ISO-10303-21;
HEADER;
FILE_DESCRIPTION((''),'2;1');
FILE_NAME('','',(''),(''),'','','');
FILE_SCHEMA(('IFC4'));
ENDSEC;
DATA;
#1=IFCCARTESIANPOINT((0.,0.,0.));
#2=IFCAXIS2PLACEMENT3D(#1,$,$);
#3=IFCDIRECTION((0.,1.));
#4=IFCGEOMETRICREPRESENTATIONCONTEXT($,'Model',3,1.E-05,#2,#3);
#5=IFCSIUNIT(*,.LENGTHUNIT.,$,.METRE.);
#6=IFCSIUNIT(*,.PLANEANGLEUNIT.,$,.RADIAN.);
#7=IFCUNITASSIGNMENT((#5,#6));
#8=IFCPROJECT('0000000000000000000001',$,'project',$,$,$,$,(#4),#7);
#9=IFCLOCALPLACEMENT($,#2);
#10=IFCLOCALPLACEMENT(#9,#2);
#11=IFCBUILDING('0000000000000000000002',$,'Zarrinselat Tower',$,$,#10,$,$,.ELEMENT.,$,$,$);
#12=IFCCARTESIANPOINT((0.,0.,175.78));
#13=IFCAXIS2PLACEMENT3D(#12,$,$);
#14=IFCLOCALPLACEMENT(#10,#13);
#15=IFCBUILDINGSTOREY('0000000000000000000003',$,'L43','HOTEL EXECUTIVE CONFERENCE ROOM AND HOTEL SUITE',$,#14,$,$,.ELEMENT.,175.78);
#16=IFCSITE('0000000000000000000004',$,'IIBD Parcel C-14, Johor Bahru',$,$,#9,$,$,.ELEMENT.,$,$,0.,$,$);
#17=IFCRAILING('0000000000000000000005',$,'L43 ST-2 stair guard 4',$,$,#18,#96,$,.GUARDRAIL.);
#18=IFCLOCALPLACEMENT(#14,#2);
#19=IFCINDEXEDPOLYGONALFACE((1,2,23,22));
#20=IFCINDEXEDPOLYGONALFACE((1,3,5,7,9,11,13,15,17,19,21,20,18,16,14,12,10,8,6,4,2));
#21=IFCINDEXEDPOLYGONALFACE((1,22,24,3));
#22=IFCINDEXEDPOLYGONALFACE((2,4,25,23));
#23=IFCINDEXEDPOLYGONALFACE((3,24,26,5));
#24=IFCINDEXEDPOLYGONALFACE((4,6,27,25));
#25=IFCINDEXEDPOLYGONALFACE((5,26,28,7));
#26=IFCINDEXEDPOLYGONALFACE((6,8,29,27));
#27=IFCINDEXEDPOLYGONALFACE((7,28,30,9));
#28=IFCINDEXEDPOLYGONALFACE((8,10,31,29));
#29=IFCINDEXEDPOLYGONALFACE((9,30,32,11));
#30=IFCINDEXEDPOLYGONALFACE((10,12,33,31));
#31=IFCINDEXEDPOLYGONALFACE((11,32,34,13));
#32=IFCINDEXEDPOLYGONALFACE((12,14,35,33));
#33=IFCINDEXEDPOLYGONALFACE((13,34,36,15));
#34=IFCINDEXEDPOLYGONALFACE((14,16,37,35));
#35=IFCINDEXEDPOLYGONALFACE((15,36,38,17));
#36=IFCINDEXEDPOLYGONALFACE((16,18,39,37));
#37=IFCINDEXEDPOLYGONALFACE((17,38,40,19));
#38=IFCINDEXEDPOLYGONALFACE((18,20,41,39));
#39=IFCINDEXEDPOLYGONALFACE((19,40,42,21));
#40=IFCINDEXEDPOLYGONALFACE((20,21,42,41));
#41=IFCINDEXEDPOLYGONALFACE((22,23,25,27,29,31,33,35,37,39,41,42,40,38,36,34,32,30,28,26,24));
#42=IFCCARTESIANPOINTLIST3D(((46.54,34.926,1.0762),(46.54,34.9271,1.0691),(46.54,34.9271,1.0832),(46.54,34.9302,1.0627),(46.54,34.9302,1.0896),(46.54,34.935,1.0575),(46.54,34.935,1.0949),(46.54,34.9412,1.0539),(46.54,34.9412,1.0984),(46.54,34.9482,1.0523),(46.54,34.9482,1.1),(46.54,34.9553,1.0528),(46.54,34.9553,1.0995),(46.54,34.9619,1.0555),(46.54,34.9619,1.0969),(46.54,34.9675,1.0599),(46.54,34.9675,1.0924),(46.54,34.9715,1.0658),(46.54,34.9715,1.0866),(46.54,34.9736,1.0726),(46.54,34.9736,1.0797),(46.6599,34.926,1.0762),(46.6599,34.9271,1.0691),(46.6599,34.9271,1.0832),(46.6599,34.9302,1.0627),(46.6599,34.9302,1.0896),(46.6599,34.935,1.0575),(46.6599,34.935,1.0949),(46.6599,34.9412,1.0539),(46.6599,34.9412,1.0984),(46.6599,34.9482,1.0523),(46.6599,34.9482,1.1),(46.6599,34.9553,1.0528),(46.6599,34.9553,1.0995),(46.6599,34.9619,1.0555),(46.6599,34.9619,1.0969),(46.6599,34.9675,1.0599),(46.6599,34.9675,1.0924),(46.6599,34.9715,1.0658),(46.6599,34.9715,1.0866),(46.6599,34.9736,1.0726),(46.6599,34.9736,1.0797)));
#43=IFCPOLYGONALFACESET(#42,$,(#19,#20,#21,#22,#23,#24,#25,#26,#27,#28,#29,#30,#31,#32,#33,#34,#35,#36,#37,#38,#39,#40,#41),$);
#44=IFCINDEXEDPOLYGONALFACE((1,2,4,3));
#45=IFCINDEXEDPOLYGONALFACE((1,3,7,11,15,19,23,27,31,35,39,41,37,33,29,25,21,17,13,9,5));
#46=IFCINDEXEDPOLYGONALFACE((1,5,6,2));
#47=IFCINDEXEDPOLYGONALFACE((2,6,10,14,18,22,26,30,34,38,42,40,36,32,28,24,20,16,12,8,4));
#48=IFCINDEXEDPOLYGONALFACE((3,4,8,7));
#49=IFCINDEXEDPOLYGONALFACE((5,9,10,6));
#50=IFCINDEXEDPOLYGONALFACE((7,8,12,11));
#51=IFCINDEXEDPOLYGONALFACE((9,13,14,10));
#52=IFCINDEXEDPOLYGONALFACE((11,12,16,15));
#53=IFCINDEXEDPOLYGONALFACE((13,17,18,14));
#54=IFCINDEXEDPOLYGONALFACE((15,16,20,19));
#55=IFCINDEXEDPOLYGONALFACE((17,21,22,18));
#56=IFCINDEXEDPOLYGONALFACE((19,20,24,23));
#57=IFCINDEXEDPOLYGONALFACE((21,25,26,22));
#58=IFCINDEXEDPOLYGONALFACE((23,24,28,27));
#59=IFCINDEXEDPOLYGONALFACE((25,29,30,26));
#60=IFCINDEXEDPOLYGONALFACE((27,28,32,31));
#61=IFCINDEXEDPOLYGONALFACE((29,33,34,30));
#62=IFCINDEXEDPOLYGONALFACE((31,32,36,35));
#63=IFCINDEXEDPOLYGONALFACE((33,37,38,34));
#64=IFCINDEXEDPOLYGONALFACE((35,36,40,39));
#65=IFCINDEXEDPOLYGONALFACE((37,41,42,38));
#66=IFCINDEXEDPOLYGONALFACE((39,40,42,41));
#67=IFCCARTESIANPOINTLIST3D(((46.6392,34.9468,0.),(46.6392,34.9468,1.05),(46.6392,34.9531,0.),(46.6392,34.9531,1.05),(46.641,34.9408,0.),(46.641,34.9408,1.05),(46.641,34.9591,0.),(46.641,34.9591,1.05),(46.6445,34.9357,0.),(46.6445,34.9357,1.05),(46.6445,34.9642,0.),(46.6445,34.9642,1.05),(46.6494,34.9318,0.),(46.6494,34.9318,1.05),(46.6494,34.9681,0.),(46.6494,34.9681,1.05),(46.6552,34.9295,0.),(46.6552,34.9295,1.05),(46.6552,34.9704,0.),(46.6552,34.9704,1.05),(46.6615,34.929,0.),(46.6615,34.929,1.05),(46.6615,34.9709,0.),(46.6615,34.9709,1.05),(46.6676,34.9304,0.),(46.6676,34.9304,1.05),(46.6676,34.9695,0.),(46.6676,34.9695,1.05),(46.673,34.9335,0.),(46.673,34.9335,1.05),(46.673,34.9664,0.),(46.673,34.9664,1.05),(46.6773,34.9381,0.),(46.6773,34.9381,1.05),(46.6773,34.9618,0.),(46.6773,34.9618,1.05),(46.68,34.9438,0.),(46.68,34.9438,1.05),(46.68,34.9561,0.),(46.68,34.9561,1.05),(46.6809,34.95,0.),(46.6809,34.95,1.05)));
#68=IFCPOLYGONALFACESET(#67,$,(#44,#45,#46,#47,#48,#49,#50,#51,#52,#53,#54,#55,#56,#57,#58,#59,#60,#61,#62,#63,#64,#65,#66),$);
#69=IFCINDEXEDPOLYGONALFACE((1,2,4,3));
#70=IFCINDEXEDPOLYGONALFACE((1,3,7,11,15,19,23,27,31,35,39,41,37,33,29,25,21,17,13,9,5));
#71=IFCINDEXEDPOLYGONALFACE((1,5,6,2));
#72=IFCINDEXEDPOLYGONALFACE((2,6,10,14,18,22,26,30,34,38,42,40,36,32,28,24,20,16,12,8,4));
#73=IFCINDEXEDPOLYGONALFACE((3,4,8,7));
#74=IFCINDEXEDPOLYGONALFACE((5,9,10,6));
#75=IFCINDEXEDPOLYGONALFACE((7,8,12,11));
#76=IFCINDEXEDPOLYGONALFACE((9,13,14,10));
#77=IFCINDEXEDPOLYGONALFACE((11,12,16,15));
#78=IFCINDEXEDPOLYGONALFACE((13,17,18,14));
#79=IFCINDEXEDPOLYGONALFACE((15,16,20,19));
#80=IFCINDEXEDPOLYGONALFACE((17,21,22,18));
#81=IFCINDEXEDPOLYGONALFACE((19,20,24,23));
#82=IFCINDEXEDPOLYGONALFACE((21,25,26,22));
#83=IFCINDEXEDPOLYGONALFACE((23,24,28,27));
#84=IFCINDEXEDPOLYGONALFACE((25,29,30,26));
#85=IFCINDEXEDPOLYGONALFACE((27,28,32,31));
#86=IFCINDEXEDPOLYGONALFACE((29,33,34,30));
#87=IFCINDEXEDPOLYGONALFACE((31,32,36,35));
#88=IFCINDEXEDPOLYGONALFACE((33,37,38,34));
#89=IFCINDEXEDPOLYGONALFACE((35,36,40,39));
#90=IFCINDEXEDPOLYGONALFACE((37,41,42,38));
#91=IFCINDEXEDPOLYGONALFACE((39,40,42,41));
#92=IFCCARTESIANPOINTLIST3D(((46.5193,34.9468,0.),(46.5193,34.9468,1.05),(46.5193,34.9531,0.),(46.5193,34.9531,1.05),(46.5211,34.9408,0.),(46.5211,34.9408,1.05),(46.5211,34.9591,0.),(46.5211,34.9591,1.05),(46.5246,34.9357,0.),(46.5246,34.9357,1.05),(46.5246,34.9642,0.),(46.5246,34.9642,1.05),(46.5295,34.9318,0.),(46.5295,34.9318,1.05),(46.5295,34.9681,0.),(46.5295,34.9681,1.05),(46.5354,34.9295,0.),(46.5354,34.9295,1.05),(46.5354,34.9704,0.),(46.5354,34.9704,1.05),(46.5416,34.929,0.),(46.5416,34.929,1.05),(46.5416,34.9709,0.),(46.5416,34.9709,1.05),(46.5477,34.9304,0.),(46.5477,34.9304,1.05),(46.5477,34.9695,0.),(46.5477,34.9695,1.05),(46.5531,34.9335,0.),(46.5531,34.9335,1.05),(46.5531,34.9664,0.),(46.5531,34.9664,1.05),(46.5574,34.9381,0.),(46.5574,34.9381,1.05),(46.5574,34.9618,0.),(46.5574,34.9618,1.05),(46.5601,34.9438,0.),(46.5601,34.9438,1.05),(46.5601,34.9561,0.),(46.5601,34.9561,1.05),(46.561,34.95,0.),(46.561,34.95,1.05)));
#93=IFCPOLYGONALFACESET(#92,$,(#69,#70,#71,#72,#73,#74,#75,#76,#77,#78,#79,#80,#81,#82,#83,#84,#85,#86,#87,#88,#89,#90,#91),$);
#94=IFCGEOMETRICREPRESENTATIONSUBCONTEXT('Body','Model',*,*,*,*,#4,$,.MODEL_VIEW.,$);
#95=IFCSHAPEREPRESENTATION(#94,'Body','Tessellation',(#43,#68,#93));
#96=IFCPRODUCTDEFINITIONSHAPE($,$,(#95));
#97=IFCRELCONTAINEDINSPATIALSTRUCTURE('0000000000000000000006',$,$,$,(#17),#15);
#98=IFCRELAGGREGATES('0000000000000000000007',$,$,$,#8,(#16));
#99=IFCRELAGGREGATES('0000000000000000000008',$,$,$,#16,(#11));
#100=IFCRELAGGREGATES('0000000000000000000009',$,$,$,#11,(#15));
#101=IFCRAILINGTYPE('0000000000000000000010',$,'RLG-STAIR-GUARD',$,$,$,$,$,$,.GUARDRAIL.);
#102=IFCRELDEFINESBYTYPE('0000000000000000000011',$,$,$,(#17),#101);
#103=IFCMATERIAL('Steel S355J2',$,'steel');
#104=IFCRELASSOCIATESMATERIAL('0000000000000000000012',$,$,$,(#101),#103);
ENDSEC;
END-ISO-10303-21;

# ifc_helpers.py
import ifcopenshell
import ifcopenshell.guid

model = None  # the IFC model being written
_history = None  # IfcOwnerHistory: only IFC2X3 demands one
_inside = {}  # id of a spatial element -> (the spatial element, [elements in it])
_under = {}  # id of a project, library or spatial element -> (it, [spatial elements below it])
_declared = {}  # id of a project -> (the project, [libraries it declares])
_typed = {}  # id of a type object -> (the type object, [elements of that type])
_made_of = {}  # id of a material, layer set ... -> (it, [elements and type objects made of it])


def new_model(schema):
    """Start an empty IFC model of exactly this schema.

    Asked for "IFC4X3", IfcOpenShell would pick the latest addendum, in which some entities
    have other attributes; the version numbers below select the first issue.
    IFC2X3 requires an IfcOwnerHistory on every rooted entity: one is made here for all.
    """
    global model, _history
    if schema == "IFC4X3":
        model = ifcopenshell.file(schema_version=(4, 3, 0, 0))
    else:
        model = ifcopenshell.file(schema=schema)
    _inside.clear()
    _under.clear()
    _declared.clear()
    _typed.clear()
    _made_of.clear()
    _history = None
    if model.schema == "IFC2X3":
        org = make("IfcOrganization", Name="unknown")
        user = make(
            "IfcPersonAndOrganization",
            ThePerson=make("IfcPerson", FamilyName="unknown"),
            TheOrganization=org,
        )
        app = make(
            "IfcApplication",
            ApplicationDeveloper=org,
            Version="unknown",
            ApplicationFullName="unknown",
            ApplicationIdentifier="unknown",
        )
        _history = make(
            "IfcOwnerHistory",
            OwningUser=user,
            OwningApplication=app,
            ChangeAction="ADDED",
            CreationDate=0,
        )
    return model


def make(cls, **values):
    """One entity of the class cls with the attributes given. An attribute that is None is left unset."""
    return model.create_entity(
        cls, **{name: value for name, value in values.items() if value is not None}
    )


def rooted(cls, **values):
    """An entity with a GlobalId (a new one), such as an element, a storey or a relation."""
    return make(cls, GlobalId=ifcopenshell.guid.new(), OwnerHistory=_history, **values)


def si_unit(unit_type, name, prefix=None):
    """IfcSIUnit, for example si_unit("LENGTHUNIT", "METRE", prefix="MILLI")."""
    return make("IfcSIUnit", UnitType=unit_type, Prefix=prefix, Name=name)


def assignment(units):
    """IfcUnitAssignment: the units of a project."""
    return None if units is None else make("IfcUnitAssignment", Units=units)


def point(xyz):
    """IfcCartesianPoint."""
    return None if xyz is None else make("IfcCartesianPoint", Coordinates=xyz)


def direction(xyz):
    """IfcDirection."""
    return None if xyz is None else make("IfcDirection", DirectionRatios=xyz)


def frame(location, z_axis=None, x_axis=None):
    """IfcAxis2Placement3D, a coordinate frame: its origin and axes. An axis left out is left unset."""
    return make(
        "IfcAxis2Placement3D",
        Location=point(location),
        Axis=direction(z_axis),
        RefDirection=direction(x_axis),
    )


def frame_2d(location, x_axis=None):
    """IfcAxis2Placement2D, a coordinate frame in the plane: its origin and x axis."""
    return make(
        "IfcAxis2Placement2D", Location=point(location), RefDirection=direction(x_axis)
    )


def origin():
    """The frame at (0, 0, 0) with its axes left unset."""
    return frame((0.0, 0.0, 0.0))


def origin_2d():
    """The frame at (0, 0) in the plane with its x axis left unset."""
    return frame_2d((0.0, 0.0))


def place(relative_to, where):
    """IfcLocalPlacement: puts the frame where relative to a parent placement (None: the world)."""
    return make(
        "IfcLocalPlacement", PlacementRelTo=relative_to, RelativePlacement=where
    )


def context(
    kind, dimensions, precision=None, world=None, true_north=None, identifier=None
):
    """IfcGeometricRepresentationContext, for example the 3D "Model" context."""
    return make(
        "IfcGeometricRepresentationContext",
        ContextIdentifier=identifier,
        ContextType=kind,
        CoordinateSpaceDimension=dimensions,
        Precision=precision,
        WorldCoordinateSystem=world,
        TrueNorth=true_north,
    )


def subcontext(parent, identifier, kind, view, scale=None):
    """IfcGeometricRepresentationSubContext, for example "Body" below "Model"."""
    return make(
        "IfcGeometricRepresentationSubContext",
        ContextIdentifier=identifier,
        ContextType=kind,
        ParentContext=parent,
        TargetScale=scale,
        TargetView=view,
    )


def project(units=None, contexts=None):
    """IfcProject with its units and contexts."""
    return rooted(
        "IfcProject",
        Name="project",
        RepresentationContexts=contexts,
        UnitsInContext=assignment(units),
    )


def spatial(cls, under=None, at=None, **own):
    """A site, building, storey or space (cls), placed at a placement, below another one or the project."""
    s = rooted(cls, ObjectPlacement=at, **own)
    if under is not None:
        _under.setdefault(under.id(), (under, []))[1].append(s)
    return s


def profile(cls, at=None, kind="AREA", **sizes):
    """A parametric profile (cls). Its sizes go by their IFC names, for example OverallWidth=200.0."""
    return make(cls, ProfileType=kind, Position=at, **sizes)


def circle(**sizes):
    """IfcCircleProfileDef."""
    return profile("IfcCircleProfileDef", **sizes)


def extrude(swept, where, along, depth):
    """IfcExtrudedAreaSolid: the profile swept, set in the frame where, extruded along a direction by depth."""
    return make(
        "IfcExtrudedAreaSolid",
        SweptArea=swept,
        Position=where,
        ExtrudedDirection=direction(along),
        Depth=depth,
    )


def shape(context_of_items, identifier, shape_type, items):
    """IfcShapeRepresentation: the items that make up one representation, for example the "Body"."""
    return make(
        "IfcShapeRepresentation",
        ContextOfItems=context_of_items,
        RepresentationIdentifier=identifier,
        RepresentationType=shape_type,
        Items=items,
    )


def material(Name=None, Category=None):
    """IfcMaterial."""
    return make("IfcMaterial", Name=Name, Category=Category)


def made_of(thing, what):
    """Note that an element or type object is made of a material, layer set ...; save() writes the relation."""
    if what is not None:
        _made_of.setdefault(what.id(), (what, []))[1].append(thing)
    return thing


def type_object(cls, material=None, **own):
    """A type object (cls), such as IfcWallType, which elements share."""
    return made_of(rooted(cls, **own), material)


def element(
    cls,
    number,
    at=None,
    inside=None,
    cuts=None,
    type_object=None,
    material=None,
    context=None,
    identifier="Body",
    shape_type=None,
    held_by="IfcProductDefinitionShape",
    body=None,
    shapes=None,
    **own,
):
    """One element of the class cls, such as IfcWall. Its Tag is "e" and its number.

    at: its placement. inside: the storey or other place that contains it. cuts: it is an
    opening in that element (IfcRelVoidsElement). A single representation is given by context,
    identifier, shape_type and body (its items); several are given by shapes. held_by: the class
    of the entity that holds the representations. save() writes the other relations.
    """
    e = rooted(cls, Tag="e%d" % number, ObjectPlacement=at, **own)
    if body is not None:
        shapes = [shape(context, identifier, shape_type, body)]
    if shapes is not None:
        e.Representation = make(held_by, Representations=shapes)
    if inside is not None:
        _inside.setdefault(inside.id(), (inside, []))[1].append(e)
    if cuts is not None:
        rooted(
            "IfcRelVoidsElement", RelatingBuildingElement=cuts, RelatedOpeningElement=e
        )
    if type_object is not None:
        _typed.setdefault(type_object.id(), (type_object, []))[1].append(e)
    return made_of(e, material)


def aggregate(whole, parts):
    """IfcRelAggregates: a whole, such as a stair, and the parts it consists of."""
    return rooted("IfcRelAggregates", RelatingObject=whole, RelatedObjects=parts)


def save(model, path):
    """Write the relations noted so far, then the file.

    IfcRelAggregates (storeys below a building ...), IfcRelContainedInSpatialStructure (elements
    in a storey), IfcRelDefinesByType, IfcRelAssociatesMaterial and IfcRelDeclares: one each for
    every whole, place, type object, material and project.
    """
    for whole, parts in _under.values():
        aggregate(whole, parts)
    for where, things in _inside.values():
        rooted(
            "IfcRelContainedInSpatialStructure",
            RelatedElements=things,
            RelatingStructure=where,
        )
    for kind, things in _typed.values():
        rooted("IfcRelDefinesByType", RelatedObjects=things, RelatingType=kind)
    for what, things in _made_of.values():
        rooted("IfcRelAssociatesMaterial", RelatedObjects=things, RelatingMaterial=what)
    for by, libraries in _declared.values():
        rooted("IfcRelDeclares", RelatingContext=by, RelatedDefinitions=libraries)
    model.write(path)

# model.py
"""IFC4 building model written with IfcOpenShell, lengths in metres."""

from ifc_helpers import new_model, si_unit, direction, frame, origin, origin_2d, place, context, subcontext, project, spatial, circle, extrude, material, type_object, element, save


model = new_model("IFC4")

# Units and contexts
model_context = context("Model", 3, precision=1e-05, world=origin(), true_north=direction((0.0, 1.0)))
body_context = subcontext(model_context, "Body", "Model", "MODEL_VIEW")
ifc_project = project(units=[si_unit("LENGTHUNIT", "METRE"), si_unit("PLANEANGLEUNIT", "RADIAN")], contexts=[model_context])

# Site, building, storey
site_placement = place(None, origin())
site = spatial("IfcSite", under=ifc_project, at=site_placement, Name="IIBD Parcel C-14, Johor Bahru", CompositionType="ELEMENT", RefElevation=0.0)
building_placement = place(site_placement, origin())
building = spatial("IfcBuilding", under=site, at=building_placement, Name="Zarrinselat Tower", CompositionType="ELEMENT")
storey_placement = place(building_placement, frame((0.0, 0.0, 175.78)))
storey = spatial("IfcBuildingStorey", under=building, at=storey_placement, Name="L43", Description="HOTEL EXECUTIVE CONFERENCE ROOM AND HOTEL SUITE", CompositionType="ELEMENT", Elevation=175.78)

# Railing
ifc_material_1 = material(Name="Steel S355J2", Category="steel")
railing_type_1 = type_object("IfcRailingType", Name="RLG-STAIR-GUARD", PredefinedType="GUARDRAIL", material=ifc_material_1)
railing_1_placement = place(storey_placement, frame((46.6599, 34.95, 0.0)))
element("IfcRailing", 1, at=railing_1_placement, inside=storey, type_object=railing_type_1, Name="L43 ST-2 stair guard 4", PredefinedType="GUARDRAIL", context=body_context, shape_type="SweptSolid", body=[
    extrude(circle(Radius=0.0239, at=origin_2d()), frame((0.0, 0.0, 1.0762), z_axis=(-1.0, 0.0, 0.0), x_axis=(0.0, -1.0, 0.0)), (0.0, 0.0, 1.0), 0.1199),
    extrude(circle(Radius=0.021, at=origin_2d()), origin(), (0.0, 0.0, 1.0), 1.05),
    extrude(circle(Radius=0.021, at=origin_2d()), frame((-0.1199, 0.0, 0.0)), (0.0, 0.0, 1.0), 1.05),
])

save(model, "model.ifc")
